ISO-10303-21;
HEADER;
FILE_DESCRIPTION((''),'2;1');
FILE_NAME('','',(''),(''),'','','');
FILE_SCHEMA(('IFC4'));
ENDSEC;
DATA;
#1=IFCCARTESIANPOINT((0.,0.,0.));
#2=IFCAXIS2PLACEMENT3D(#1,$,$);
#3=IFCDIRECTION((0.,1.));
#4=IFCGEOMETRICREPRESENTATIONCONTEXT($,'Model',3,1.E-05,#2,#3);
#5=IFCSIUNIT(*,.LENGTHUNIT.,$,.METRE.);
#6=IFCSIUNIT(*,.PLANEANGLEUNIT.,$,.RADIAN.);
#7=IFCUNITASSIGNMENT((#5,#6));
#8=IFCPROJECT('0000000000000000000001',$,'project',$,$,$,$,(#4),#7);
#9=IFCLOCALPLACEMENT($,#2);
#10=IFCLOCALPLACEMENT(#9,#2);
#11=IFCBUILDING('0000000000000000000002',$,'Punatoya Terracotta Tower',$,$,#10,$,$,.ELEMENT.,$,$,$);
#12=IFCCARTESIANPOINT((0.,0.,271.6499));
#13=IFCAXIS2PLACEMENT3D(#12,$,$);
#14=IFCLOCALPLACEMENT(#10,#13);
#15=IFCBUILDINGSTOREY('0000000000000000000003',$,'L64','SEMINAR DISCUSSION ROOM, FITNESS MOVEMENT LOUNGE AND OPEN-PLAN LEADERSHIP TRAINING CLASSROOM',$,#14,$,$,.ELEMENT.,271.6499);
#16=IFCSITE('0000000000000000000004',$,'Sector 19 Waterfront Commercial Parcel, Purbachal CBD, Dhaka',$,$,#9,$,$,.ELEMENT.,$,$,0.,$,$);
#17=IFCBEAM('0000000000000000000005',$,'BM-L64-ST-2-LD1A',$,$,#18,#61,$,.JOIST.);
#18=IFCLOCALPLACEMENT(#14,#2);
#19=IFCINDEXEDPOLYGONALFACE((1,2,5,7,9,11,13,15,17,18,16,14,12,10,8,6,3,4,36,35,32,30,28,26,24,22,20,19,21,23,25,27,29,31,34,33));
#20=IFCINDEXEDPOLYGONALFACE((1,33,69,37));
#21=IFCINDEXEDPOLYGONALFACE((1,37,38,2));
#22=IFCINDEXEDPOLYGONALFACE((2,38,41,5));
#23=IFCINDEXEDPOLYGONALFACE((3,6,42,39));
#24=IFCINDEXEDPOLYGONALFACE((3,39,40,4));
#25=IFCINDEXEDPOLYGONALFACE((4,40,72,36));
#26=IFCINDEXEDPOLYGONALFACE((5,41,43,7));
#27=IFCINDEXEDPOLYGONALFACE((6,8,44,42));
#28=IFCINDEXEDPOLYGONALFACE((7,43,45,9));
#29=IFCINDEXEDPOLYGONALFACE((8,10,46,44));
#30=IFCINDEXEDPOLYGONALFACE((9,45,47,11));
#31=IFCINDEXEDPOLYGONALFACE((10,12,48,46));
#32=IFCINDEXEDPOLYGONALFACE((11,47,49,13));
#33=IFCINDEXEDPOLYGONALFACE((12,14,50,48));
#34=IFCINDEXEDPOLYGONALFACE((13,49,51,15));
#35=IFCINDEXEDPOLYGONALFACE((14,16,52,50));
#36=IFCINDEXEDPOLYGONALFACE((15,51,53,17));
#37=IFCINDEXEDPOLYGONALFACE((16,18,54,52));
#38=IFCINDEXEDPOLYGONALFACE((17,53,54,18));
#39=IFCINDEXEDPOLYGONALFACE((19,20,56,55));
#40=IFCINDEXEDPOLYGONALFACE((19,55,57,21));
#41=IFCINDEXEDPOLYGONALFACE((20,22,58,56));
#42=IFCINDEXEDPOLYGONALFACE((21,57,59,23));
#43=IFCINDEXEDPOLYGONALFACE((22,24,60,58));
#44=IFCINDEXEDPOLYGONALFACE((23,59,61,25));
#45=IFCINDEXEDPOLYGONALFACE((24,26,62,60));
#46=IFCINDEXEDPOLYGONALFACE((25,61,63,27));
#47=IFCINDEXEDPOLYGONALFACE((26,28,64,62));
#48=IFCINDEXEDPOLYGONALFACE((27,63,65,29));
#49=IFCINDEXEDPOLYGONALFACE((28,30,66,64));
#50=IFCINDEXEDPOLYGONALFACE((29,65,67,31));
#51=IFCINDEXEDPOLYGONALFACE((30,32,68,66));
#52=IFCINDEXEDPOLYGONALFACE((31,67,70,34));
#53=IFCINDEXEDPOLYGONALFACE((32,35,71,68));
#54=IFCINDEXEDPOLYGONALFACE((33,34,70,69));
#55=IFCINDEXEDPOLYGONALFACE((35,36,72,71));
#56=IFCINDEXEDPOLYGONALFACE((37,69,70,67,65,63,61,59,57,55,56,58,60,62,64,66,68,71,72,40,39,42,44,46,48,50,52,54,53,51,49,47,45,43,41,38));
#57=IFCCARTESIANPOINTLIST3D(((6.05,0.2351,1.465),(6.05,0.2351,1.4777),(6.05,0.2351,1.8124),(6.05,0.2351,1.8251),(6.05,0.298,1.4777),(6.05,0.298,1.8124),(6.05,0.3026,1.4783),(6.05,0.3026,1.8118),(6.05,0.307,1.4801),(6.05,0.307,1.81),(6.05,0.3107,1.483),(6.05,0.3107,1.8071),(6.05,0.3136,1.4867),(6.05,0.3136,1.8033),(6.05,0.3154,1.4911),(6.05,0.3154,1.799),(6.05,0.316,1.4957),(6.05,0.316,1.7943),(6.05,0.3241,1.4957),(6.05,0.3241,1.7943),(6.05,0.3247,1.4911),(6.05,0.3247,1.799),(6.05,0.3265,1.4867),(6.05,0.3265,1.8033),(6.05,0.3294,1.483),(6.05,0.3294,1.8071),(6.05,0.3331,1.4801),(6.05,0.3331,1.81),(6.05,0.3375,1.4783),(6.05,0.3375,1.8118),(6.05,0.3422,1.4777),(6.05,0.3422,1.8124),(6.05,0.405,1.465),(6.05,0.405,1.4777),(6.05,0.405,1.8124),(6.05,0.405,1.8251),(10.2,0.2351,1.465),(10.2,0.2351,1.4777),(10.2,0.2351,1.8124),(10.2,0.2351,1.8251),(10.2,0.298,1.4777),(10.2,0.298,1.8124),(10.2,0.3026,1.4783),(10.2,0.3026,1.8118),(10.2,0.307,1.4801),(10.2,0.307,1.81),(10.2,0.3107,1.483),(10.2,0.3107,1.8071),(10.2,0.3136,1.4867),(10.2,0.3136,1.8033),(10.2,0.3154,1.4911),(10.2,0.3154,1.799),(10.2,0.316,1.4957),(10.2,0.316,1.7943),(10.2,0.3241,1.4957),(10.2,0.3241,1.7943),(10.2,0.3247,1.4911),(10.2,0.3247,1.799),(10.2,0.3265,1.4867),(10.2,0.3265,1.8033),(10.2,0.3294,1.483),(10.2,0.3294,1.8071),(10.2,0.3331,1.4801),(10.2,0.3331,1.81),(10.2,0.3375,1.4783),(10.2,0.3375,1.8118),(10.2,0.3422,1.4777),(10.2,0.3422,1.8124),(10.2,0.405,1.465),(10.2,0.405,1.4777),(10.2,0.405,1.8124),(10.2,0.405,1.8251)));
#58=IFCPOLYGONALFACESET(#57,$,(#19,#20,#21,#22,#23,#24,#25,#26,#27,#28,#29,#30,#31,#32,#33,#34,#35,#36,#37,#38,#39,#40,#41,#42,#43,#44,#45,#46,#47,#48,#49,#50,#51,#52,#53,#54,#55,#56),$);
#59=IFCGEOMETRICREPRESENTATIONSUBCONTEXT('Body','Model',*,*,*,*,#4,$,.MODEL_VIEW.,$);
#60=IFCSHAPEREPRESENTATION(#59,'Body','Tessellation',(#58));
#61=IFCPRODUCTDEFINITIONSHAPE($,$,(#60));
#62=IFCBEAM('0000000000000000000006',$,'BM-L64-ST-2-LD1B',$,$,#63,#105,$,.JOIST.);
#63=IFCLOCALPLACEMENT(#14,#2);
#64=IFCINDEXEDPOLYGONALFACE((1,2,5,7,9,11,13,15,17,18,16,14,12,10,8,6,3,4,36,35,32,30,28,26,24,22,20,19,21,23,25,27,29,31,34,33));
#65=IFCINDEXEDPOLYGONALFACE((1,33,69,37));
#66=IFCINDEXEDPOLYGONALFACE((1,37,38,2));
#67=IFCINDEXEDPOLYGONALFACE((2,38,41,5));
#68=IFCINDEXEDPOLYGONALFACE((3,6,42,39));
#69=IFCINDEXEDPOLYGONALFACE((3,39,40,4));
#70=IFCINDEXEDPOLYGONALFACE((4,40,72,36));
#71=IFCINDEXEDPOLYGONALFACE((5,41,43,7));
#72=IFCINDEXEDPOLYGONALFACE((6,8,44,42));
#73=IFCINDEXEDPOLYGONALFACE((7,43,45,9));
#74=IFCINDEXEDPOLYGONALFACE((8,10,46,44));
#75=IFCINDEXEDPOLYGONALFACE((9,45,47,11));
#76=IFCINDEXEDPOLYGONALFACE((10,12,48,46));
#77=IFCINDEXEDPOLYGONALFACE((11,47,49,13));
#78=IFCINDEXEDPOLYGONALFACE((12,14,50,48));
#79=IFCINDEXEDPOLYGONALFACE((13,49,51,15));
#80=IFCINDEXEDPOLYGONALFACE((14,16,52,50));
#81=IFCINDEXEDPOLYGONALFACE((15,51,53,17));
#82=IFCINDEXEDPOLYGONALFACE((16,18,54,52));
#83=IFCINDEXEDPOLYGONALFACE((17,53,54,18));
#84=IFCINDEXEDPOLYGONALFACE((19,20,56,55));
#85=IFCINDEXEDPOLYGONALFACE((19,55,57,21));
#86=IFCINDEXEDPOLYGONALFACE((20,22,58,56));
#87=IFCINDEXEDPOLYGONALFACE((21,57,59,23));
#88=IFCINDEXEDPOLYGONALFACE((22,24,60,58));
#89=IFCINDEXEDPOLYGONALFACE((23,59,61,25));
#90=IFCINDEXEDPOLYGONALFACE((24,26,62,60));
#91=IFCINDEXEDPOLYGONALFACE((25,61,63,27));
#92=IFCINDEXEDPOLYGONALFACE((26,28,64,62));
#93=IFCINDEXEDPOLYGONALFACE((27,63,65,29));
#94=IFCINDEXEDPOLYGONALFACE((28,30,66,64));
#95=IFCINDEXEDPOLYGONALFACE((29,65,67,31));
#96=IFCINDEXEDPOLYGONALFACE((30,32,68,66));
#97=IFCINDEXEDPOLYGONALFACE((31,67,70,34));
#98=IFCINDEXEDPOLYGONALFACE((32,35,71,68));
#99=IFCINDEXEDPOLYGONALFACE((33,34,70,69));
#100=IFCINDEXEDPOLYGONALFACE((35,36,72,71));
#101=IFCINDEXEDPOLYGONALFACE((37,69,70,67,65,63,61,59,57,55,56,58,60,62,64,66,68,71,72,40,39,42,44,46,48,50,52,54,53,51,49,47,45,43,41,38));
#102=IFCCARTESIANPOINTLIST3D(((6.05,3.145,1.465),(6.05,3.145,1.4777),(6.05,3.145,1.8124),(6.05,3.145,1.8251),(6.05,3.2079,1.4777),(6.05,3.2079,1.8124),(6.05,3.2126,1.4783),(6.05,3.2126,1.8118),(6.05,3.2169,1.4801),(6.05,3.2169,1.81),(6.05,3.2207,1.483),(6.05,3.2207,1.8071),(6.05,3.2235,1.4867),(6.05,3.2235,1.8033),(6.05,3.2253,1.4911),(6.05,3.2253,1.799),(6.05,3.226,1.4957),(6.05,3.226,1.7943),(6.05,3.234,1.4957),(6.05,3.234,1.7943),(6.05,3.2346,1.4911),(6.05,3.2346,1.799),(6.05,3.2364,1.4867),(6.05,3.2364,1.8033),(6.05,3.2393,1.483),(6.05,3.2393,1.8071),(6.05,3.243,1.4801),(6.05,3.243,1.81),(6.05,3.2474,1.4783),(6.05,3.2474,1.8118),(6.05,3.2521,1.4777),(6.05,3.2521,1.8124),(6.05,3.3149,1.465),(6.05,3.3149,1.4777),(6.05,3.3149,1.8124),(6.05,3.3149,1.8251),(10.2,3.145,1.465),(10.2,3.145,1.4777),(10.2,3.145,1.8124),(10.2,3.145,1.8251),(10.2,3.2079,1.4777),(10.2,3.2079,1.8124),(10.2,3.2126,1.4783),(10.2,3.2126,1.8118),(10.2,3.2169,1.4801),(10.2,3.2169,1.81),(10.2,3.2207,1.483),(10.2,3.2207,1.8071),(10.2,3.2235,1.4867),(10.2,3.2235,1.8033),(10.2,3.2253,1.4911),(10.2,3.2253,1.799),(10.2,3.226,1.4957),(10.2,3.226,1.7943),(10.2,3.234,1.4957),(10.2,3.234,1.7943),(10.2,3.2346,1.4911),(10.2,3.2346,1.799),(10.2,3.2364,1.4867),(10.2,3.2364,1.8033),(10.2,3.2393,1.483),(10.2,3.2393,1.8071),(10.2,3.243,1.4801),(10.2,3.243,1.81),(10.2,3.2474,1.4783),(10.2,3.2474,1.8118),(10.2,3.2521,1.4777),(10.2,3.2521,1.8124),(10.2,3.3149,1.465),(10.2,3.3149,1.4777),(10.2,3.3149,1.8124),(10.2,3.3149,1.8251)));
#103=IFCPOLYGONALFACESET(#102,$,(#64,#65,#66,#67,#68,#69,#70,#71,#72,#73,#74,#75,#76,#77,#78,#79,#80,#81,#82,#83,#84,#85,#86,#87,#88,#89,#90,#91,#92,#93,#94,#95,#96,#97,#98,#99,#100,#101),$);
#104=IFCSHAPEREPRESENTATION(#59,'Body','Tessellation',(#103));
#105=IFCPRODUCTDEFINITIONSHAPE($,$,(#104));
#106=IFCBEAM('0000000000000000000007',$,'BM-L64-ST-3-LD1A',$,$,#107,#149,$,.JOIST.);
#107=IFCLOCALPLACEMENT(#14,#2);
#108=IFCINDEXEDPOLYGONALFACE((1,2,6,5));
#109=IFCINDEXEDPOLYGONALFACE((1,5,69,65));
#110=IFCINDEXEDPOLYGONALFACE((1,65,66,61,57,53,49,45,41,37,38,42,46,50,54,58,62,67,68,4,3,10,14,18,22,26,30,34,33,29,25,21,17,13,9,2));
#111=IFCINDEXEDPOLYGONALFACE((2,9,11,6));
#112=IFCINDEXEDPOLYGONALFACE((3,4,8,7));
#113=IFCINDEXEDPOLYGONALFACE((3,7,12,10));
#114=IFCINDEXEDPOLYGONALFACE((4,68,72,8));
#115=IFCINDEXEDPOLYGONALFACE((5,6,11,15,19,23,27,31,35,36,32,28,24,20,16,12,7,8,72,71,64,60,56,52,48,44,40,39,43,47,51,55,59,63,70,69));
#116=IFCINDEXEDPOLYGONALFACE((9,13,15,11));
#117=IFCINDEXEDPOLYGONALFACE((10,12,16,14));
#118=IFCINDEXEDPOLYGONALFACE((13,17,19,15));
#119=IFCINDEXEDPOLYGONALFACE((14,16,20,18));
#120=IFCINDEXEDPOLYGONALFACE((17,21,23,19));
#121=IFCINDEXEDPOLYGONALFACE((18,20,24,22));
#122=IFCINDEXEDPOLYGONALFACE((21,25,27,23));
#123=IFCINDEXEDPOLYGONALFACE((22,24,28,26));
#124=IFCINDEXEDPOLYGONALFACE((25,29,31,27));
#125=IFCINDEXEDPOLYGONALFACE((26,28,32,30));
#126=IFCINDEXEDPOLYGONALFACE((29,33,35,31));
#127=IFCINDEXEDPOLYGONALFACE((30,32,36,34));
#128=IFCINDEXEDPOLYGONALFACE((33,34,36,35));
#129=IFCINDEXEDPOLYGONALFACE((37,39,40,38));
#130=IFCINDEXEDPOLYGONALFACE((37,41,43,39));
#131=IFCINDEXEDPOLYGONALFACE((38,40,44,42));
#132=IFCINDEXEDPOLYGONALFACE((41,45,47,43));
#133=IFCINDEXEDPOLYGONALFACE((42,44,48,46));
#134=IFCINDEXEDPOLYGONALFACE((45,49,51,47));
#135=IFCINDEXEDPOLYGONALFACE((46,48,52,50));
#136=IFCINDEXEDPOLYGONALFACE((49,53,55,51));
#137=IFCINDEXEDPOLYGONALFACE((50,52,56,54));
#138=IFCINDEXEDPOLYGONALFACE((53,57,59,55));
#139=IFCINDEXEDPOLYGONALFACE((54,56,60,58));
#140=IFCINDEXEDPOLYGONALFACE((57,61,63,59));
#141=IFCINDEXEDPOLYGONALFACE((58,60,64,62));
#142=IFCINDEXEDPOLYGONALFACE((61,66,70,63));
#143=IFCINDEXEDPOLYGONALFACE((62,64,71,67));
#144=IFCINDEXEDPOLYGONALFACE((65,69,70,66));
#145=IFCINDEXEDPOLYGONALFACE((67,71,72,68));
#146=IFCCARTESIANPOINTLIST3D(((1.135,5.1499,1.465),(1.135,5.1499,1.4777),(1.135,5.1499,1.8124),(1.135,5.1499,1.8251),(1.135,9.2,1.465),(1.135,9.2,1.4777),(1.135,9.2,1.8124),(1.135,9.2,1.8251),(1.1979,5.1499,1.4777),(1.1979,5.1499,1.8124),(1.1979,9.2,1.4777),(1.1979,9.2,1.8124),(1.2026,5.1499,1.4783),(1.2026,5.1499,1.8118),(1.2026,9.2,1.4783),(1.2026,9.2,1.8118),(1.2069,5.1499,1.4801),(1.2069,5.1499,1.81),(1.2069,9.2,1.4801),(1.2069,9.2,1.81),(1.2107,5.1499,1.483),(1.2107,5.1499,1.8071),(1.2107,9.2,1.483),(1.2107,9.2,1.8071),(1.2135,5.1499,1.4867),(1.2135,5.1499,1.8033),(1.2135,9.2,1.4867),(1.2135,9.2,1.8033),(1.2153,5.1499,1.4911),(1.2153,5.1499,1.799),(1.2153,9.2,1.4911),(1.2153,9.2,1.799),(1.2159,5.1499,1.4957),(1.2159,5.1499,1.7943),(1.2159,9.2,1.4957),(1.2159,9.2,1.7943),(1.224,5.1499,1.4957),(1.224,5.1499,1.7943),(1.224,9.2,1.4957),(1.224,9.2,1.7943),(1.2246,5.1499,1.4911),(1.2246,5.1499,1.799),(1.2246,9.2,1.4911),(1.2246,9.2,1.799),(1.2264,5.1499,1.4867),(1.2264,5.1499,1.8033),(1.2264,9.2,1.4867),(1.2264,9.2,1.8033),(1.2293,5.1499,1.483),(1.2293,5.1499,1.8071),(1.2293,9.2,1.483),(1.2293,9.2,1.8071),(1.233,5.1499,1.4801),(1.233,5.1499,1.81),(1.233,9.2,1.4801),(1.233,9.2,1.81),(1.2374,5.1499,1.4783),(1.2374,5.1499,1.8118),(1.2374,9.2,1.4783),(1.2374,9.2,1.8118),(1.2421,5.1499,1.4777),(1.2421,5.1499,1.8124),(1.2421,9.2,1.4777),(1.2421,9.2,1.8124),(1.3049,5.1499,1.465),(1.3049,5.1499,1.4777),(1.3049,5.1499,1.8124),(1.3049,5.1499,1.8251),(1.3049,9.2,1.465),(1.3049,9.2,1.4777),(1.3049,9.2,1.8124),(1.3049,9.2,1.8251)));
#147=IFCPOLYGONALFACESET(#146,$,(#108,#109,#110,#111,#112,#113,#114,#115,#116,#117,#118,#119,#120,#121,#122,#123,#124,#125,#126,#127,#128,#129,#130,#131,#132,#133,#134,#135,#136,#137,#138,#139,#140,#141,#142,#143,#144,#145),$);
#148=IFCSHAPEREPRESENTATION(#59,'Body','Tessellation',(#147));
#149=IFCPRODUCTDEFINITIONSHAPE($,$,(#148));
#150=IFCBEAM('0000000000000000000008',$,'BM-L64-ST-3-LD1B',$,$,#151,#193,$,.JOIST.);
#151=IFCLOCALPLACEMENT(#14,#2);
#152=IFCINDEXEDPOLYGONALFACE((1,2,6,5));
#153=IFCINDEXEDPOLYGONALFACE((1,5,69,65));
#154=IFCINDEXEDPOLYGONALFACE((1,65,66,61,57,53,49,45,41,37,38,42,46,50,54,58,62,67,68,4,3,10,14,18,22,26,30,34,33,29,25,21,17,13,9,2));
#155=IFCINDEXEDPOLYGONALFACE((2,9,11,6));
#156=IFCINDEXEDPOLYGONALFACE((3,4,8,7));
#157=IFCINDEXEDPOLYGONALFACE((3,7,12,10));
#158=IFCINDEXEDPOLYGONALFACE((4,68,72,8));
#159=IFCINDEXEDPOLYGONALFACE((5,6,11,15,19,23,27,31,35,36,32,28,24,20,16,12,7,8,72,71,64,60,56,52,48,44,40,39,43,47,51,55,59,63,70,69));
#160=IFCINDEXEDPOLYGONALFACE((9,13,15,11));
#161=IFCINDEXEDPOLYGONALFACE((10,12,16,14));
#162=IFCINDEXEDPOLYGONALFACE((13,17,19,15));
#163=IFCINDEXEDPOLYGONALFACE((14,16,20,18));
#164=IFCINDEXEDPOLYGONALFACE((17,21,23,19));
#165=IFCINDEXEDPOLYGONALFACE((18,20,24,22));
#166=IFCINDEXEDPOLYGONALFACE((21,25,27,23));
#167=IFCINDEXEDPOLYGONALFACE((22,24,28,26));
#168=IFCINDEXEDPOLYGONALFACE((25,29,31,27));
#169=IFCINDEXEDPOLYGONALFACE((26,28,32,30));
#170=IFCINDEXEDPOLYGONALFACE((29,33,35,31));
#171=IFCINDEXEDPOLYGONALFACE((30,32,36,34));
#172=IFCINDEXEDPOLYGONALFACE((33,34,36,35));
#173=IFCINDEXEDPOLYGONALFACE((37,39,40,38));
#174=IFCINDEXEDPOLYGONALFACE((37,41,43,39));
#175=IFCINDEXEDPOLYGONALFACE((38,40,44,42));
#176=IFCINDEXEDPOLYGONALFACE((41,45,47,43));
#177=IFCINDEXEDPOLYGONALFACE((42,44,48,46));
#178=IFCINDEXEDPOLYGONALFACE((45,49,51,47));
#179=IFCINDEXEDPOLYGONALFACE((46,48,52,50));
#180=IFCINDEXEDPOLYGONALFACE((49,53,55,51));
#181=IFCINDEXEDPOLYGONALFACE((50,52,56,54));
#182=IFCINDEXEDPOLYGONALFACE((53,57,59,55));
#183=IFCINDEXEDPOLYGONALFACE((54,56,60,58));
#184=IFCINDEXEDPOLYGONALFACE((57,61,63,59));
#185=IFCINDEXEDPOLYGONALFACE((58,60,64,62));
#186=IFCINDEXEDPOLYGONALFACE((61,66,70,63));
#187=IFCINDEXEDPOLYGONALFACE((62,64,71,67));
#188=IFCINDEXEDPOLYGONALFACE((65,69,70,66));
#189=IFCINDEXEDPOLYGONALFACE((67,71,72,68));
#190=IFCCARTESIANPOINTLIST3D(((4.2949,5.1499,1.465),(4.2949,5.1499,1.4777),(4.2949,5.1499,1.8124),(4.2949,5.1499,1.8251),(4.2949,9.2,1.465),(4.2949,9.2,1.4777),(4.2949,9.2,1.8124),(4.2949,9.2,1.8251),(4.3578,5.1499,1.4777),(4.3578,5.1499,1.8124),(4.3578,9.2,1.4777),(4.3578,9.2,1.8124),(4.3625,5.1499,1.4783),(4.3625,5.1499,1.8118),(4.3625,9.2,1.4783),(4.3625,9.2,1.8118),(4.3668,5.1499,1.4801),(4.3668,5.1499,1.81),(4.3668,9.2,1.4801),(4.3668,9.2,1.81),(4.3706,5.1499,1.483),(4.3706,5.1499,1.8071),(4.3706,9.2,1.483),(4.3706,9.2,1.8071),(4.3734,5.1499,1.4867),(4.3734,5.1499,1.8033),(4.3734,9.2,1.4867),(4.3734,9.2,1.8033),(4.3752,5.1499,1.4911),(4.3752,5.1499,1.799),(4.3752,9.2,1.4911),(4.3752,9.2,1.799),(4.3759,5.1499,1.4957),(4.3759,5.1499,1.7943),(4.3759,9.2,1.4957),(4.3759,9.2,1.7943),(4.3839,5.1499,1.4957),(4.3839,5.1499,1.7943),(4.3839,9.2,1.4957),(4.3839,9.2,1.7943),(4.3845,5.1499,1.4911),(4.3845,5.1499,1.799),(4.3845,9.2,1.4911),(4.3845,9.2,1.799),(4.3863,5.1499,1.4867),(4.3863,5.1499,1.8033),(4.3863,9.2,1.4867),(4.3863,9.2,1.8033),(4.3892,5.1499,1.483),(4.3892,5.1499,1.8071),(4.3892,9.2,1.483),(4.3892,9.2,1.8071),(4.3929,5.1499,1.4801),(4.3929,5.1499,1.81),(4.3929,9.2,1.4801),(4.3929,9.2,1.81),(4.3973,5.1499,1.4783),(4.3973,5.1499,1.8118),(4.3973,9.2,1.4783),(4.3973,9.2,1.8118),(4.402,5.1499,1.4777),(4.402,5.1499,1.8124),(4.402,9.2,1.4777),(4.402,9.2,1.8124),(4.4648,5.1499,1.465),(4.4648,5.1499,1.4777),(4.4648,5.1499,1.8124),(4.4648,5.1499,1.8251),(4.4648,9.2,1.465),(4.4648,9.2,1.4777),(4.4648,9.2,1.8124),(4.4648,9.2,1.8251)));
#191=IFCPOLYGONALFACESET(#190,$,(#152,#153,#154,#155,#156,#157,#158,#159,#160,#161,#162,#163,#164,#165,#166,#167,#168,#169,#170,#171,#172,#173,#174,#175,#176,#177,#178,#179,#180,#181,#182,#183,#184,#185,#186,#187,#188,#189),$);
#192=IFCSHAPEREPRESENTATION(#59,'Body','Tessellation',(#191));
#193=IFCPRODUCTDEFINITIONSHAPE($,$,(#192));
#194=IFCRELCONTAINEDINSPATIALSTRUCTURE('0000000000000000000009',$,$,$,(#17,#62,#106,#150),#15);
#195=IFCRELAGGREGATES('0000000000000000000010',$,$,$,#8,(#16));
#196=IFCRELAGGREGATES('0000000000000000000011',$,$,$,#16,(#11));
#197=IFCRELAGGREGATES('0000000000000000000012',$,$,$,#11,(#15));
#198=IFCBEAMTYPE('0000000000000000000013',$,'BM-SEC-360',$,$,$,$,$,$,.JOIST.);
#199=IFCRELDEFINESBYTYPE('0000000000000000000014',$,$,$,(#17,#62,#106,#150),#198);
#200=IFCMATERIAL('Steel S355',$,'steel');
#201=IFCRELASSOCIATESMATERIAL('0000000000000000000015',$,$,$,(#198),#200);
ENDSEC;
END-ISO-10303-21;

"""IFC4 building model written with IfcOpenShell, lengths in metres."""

from ifc_helpers import new_model, si_unit, direction, frame, origin, origin_2d, place, context, subcontext, project, spatial, i_section, extrude, material, material_profile, profile_set, type_object, element, save


model = new_model("IFC4")

# Units and contexts
model_context = context("Model", 3, precision=1e-05, world=origin(), true_north=direction((0.0, 1.0)))
body_context = subcontext(model_context, "Body", "Model", "MODEL_VIEW")
ifc_project = project(units=[si_unit("LENGTHUNIT", "METRE"), si_unit("PLANEANGLEUNIT", "RADIAN")], contexts=[model_context])

# Site, building, storey
site_placement = place(None, origin())
site = spatial("IfcSite", under=ifc_project, at=site_placement, Name="Sector 19 Waterfront Commercial Parcel, Purbachal CBD, Dhaka", CompositionType="ELEMENT", RefElevation=0.0)
building_placement = place(site_placement, origin())
building = spatial("IfcBuilding", under=site, at=building_placement, Name="Punatoya Terracotta Tower", CompositionType="ELEMENT")
storey_placement = place(building_placement, frame((0.0, 0.0, 271.6499)))
storey = spatial("IfcBuildingStorey", under=building, at=storey_placement, Name="L64", Description="SEMINAR DISCUSSION ROOM, FITNESS MOVEMENT LOUNGE AND OPEN-PLAN LEADERSHIP TRAINING CLASSROOM", CompositionType="ELEMENT", Elevation=271.6499)

# Beams
ifc_material_1 = material(Name="Steel S355", Category="steel")
ifc_material_profile_1 = material_profile(ifc_material_1, i_section(OverallWidth=0.1699, OverallDepth=0.3601, WebThickness=0.0081, FlangeThickness=0.0127, FilletRadius=0.0181, at=origin_2d()))
ifc_profile_set_1 = profile_set([ifc_material_profile_1], Name="Steel S355")
beam_type_1 = type_object("IfcBeamType", Name="BM-SEC-360", PredefinedType="JOIST", material=ifc_profile_set_1)
for number, where, z_axis, x_axis, name in (
    (1, (6.05, 0.3201, 1.645), (1.0, 0.0, 0.0), (0.0, 1.0, 0.0), "BM-L64-ST-2-LD1A"),
    (2, (6.05, 3.23, 1.645), (1.0, 0.0, 0.0), (0.0, 1.0, 0.0), "BM-L64-ST-2-LD1B"),
):
    element("IfcBeam", number, at=place(storey_placement, frame(where, z_axis=z_axis, x_axis=x_axis)), inside=storey, type_object=beam_type_1, Name=name, PredefinedType="JOIST", context=body_context, shape_type="SweptSolid", body=[
        extrude(i_section(OverallWidth=0.1699, OverallDepth=0.3601, WebThickness=0.0081, FlangeThickness=0.0127, FilletRadius=0.0181, at=origin_2d()), origin(), (0.0, 0.0, 1.0), 4.1499),
    ])
for number, where, z_axis, x_axis, name in (
    (3, (1.22, 5.1499, 1.645), (0.0, 1.0, 0.0), (-1.0, 0.0, 0.0), "BM-L64-ST-3-LD1A"),
    (4, (4.3799, 5.1499, 1.645), (0.0, 1.0, 0.0), (-1.0, 0.0, 0.0), "BM-L64-ST-3-LD1B"),
):
    element("IfcBeam", number, at=place(storey_placement, frame(where, z_axis=z_axis, x_axis=x_axis)), inside=storey, type_object=beam_type_1, Name=name, PredefinedType="JOIST", context=body_context, shape_type="SweptSolid", body=[
        extrude(i_section(OverallWidth=0.1699, OverallDepth=0.3601, WebThickness=0.0081, FlangeThickness=0.0127, FilletRadius=0.0181, at=origin_2d()), origin(), (0.0, 0.0, 1.0), 4.05),
    ])

save(model, "model.ifc")
